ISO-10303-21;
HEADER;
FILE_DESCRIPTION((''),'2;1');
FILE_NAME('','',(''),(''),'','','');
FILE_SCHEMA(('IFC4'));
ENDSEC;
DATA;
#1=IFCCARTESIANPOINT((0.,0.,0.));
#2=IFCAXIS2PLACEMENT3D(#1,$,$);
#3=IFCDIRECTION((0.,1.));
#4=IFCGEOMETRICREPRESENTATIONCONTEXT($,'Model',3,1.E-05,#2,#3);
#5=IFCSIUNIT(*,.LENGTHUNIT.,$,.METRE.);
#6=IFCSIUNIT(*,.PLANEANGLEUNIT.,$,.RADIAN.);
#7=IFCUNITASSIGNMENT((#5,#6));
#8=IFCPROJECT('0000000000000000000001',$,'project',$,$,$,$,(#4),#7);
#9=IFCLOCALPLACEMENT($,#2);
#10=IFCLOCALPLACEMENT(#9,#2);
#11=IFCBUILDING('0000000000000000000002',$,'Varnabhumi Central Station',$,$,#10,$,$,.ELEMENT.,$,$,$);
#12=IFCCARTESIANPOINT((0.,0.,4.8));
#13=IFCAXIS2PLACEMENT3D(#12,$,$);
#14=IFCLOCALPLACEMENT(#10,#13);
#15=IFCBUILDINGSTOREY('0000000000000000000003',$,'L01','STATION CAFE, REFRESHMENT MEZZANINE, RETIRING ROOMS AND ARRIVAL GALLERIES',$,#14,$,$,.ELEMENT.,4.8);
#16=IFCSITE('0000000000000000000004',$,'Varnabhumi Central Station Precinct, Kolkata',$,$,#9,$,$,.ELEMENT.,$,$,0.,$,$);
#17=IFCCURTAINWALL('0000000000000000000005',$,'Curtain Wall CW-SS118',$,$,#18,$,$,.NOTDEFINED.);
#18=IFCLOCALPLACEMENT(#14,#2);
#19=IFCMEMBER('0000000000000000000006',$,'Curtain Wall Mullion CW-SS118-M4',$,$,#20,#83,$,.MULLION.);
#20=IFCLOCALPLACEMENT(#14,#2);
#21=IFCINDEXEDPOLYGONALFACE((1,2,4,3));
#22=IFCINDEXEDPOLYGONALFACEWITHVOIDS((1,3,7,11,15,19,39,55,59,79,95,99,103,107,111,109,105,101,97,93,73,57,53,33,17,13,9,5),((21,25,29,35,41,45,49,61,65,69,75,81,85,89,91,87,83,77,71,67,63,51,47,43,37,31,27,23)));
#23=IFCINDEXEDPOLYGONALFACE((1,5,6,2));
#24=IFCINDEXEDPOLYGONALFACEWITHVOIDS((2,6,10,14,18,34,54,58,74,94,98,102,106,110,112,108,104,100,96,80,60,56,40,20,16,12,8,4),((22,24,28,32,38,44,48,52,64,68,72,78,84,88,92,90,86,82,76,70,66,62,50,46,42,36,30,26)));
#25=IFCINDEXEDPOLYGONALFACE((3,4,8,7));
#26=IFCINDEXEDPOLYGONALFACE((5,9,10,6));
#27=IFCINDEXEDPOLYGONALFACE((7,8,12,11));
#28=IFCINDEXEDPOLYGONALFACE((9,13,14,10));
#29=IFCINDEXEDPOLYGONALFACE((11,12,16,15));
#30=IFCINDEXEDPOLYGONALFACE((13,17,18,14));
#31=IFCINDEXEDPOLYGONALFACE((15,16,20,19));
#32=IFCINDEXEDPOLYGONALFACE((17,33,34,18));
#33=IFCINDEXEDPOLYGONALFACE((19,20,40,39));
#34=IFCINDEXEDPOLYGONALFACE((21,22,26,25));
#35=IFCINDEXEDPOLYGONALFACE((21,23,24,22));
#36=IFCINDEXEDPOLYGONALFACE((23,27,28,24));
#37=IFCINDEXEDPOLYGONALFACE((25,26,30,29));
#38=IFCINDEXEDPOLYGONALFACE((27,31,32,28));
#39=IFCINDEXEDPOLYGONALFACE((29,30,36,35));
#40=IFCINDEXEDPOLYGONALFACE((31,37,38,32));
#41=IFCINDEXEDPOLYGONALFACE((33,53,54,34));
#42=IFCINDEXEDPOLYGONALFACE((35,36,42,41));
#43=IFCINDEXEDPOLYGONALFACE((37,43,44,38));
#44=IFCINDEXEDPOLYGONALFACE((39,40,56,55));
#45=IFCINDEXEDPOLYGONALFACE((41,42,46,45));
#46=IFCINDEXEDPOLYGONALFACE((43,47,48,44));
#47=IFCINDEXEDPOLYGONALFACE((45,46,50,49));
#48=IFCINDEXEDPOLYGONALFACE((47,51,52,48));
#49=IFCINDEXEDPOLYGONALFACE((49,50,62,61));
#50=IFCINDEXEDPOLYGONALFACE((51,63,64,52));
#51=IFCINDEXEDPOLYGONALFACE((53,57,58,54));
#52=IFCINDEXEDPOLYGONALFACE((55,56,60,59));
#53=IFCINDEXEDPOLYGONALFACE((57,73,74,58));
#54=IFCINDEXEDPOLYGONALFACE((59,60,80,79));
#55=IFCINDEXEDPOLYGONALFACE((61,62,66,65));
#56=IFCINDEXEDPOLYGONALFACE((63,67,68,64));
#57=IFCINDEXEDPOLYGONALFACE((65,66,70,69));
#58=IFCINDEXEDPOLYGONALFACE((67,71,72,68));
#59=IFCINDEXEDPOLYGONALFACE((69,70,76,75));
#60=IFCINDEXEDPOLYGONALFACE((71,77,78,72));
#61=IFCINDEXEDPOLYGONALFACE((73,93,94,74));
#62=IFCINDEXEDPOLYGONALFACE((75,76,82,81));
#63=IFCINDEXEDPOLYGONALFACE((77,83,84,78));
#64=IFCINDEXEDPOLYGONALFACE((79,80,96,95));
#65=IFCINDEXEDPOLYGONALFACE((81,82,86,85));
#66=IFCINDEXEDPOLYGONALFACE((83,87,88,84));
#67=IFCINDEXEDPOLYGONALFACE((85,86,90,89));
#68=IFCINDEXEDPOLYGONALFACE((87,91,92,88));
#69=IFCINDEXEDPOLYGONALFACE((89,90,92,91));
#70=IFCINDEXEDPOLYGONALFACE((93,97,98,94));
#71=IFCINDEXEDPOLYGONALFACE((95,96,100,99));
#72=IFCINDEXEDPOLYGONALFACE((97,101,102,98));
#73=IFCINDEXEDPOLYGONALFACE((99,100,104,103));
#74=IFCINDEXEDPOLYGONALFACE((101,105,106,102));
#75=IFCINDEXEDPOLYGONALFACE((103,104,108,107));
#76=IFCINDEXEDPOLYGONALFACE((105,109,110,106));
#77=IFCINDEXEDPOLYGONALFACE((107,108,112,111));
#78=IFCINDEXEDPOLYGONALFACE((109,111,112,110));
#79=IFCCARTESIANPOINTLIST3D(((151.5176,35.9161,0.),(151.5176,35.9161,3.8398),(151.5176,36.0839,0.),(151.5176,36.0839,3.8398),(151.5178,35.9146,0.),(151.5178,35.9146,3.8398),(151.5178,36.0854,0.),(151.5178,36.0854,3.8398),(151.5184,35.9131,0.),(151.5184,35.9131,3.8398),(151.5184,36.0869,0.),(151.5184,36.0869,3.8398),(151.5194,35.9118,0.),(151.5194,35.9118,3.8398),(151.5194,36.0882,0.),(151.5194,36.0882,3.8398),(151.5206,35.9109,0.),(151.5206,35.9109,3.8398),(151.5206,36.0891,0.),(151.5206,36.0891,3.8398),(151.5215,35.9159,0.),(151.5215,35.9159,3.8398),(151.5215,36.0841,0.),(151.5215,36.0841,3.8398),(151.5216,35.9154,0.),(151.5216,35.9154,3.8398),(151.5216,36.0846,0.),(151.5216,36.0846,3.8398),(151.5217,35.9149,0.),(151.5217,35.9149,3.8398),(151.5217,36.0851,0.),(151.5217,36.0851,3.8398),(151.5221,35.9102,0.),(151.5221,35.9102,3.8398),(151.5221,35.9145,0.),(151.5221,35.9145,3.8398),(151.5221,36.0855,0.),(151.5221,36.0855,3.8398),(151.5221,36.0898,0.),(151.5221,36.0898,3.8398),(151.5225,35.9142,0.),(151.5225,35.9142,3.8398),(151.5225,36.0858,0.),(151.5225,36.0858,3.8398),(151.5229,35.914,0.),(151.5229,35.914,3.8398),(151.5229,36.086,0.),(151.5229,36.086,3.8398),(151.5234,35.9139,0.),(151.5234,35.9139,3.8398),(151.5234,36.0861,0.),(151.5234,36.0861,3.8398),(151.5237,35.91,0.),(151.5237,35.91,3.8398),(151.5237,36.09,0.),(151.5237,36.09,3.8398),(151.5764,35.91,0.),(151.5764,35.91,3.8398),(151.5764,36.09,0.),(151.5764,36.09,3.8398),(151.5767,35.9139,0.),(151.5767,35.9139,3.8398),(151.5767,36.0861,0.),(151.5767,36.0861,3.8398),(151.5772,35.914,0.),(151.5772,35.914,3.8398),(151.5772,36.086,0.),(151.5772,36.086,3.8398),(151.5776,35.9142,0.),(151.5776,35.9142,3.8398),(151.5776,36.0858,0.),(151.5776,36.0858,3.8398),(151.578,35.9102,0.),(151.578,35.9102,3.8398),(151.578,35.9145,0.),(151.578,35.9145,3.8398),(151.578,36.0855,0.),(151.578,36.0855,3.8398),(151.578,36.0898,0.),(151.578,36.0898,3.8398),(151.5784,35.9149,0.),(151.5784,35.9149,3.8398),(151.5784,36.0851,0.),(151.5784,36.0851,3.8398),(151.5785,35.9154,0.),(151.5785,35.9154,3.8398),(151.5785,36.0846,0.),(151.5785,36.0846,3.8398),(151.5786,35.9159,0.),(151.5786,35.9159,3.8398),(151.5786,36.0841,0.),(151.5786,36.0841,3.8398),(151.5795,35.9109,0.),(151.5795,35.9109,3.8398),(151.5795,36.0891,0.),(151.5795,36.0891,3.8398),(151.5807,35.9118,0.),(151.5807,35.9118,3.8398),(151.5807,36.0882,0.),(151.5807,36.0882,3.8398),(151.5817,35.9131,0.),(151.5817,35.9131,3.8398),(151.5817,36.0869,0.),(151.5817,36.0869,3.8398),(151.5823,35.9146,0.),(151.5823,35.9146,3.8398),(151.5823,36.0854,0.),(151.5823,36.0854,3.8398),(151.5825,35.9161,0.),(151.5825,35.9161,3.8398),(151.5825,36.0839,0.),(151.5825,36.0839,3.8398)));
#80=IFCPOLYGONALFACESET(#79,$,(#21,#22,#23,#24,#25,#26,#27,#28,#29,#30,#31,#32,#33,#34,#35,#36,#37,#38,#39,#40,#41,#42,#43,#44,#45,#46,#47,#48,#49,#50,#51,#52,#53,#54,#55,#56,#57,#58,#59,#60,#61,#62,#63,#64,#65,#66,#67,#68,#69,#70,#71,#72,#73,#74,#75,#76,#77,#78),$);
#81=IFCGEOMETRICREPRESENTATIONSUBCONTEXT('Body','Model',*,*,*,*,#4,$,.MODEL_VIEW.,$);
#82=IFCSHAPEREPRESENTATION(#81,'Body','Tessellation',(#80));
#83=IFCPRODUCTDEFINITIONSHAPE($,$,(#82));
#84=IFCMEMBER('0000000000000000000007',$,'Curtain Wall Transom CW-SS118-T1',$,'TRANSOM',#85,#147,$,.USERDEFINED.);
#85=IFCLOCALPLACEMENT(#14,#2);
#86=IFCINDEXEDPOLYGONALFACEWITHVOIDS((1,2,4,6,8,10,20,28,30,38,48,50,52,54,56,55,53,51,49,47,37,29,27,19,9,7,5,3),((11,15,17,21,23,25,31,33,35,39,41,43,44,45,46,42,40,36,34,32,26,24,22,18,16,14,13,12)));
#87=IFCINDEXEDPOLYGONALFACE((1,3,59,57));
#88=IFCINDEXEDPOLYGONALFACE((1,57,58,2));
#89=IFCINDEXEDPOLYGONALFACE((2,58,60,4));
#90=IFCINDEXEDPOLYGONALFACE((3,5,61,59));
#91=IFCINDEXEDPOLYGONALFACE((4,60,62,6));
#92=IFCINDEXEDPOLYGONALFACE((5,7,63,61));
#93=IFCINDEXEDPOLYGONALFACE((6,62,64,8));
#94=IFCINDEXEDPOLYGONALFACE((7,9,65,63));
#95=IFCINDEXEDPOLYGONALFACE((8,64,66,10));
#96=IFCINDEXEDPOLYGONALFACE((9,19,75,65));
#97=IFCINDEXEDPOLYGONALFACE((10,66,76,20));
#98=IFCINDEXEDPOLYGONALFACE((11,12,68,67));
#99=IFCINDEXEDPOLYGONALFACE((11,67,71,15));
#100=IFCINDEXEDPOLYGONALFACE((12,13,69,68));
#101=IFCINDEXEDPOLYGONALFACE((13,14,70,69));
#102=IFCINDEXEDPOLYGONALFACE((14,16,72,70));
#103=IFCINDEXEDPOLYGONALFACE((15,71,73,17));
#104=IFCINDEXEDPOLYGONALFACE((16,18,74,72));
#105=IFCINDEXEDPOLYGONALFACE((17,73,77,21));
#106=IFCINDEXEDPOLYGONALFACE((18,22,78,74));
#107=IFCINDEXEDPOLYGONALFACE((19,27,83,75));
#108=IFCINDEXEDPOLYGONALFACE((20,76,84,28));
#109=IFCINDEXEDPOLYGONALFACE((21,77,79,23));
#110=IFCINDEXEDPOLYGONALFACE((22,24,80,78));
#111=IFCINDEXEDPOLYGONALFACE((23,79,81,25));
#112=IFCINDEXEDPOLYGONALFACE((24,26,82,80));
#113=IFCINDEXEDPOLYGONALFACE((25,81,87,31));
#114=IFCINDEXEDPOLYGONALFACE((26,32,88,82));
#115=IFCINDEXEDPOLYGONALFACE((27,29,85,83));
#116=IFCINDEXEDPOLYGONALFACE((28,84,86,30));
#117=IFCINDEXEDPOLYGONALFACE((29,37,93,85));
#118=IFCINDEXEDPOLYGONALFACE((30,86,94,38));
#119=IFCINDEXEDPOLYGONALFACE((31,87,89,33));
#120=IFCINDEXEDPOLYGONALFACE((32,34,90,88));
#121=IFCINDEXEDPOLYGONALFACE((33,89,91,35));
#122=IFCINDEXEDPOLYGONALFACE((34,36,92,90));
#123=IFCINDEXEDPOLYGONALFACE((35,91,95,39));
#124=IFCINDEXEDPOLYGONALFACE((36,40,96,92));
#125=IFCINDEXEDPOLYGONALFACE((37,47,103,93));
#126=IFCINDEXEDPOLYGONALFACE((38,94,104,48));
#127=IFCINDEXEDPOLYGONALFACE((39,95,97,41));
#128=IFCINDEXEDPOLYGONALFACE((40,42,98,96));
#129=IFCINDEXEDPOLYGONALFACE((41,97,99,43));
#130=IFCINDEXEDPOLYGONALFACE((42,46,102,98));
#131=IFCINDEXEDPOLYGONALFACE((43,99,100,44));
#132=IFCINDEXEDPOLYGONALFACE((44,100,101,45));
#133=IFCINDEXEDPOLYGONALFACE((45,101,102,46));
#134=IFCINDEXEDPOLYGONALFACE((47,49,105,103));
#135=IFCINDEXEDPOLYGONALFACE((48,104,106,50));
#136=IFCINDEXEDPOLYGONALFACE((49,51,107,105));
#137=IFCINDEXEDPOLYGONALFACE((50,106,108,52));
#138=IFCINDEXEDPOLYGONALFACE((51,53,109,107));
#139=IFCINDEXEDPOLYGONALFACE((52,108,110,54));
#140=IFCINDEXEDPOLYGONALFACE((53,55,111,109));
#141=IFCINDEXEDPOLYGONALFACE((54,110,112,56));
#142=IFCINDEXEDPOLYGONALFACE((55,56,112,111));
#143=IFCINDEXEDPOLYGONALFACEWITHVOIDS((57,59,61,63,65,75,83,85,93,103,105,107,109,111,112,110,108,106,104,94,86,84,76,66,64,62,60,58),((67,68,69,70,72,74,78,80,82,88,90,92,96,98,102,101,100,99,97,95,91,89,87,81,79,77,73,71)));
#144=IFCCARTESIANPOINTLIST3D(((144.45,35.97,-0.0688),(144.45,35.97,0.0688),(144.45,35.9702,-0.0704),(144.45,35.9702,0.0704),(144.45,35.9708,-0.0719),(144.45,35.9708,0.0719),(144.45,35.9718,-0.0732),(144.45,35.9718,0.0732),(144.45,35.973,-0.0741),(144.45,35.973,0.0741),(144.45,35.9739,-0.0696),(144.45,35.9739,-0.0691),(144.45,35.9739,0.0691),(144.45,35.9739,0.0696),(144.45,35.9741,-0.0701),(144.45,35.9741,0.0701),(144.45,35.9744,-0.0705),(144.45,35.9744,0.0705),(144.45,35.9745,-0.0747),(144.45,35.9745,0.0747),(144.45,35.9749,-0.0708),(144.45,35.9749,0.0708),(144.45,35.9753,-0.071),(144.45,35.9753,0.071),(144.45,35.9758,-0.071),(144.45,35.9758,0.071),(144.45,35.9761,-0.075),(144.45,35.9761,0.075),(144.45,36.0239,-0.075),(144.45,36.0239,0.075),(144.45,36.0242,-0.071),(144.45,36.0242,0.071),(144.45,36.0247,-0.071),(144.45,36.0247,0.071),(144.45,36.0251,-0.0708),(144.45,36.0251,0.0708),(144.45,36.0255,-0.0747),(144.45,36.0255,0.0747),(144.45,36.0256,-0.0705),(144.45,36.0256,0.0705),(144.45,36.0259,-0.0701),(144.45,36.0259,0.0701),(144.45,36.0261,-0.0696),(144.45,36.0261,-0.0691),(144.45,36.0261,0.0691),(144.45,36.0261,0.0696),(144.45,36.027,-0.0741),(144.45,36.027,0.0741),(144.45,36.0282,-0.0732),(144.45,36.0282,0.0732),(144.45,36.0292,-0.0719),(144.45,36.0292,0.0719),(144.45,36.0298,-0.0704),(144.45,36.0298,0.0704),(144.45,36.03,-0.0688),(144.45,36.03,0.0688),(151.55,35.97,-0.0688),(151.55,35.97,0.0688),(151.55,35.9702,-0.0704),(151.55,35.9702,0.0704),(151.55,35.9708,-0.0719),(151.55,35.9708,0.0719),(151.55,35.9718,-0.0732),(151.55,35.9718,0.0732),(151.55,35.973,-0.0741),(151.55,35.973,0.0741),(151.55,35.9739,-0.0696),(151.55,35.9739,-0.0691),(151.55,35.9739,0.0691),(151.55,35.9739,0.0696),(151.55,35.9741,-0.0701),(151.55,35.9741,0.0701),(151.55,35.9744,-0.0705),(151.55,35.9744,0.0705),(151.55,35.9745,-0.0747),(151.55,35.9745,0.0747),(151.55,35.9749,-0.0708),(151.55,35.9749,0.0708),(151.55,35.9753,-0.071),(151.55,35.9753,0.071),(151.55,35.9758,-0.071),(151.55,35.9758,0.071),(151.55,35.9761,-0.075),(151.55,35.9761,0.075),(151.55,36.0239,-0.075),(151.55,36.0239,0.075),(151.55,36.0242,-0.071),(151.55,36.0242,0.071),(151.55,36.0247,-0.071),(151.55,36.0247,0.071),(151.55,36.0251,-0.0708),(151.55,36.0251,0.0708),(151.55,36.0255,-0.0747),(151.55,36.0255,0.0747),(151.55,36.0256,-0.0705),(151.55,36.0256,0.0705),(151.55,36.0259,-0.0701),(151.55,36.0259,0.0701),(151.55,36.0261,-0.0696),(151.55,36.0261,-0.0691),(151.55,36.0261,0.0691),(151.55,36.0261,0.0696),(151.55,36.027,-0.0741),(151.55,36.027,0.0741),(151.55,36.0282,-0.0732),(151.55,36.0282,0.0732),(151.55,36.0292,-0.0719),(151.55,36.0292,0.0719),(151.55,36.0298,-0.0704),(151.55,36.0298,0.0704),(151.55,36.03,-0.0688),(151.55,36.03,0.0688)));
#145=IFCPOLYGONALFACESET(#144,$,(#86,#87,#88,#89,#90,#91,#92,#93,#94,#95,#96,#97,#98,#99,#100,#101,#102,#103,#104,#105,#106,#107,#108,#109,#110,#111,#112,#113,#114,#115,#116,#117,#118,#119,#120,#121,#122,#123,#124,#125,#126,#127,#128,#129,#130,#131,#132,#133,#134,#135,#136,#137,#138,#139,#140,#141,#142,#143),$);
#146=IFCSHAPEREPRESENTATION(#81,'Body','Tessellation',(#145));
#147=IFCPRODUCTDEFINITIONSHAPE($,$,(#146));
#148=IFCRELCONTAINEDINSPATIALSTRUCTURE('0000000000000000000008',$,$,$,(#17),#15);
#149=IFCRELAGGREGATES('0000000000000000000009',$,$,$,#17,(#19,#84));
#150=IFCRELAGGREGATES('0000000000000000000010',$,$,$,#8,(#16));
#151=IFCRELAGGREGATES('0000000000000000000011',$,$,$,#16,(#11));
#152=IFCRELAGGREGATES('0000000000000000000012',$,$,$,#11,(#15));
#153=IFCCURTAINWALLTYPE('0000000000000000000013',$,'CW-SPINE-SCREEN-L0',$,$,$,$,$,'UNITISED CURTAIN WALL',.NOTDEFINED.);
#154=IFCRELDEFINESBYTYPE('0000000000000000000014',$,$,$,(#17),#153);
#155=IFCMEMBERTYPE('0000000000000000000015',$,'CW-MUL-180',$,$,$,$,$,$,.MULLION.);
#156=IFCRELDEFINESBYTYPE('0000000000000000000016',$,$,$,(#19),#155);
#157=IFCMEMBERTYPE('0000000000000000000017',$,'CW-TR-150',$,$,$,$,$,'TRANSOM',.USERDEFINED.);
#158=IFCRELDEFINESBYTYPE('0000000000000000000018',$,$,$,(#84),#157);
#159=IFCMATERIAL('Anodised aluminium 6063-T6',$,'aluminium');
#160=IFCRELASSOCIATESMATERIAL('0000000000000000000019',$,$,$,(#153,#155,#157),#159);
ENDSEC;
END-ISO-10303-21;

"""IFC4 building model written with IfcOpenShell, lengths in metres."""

from ifc_helpers import new_model, si_unit, direction, frame, origin, origin_2d, place, context, subcontext, project, spatial, hollow_rectangle, extrude, material, material_profile, profile_set, type_object, element, aggregate, save


model = new_model("IFC4")

# Units and contexts
model_context = context("Model", 3, precision=1e-05, world=origin(), true_north=direction((0.0, 1.0)))
body_context = subcontext(model_context, "Body", "Model", "MODEL_VIEW")
ifc_project = project(units=[si_unit("LENGTHUNIT", "METRE"), si_unit("PLANEANGLEUNIT", "RADIAN")], contexts=[model_context])

# Site, building, storey
site_placement = place(None, origin())
site = spatial("IfcSite", under=ifc_project, at=site_placement, Name="Varnabhumi Central Station Precinct, Kolkata", CompositionType="ELEMENT", RefElevation=0.0)
building_placement = place(site_placement, origin())
building = spatial("IfcBuilding", under=site, at=building_placement, Name="Varnabhumi Central Station", CompositionType="ELEMENT")
storey_placement = place(building_placement, frame((0.0, 0.0, 4.8)))
storey = spatial("IfcBuildingStorey", under=building, at=storey_placement, Name="L01", Description="STATION CAFE, REFRESHMENT MEZZANINE, RETIRING ROOMS AND ARRIVAL GALLERIES", CompositionType="ELEMENT", Elevation=4.8)

# Curtain wall, members
ifc_material_1 = material(Name="Anodised aluminium 6063-T6", Category="aluminium")
curtain_wall_type = type_object("IfcCurtainWallType", Name="CW-SPINE-SCREEN-L0", ElementType="UNITISED CURTAIN WALL", PredefinedType="NOTDEFINED", material=ifc_material_1)
curtain_wall_placement = place(storey_placement, origin())
curtain_wall = element("IfcCurtainWall", 1, at=curtain_wall_placement, inside=storey, type_object=curtain_wall_type, Name="Curtain Wall CW-SS118", PredefinedType="NOTDEFINED")
ifc_material_profile_1 = material_profile(ifc_material_1, hollow_rectangle(XDim=0.0649, YDim=0.1799, WallThickness=0.0039, InnerFilletRadius=0.002, OuterFilletRadius=0.0061, at=origin_2d()), Name="Anodised aluminium 6063-T6", Category="aluminium")
ifc_profile_set_1 = profile_set([ifc_material_profile_1], Name="Anodised aluminium 6063-T6")
member_type_1 = type_object("IfcMemberType", Name="CW-MUL-180", PredefinedType="MULLION", material=ifc_profile_set_1)
member_1_placement = place(storey_placement, frame((151.55, 36.0, 0.0), z_axis=(0.0, 0.0, 1.0), x_axis=(1.0, 0.0, 0.0)))
member_1 = element("IfcMember", 2, at=member_1_placement, type_object=member_type_1, Name="Curtain Wall Mullion CW-SS118-M4", PredefinedType="MULLION", context=body_context, shape_type="SweptSolid", body=[
    extrude(hollow_rectangle(XDim=0.0649, YDim=0.1799, WallThickness=0.0039, InnerFilletRadius=0.002, OuterFilletRadius=0.0061, at=origin_2d()), origin(), (0.0, 0.0, 1.0), 3.8398),
])
ifc_material_profile_2 = material_profile(ifc_material_1, hollow_rectangle(XDim=0.0601, YDim=0.1499, WallThickness=0.0039, InnerFilletRadius=0.002, OuterFilletRadius=0.0061, at=origin_2d()), Name="Anodised aluminium 6063-T6", Category="aluminium")
ifc_profile_set_2 = profile_set([ifc_material_profile_2], Name="Anodised aluminium 6063-T6")
member_type_2 = type_object("IfcMemberType", Name="CW-TR-150", ElementType="TRANSOM", PredefinedType="USERDEFINED", material=ifc_profile_set_2)
member_2_placement = place(storey_placement, frame((144.45, 36.0, 0.0), z_axis=(1.0, 0.0, 0.0), x_axis=(0.0, 1.0, 0.0)))
member_2 = element("IfcMember", 3, at=member_2_placement, type_object=member_type_2, Name="Curtain Wall Transom CW-SS118-T1", ObjectType="TRANSOM", PredefinedType="USERDEFINED", context=body_context, shape_type="SweptSolid", body=[
    extrude(hollow_rectangle(XDim=0.0601, YDim=0.1499, WallThickness=0.0039, InnerFilletRadius=0.002, OuterFilletRadius=0.0061, at=origin_2d()), origin(), (0.0, 0.0, 1.0), 7.1001),
])
aggregate(curtain_wall, [member_1, member_2])

save(model, "model.ifc")
